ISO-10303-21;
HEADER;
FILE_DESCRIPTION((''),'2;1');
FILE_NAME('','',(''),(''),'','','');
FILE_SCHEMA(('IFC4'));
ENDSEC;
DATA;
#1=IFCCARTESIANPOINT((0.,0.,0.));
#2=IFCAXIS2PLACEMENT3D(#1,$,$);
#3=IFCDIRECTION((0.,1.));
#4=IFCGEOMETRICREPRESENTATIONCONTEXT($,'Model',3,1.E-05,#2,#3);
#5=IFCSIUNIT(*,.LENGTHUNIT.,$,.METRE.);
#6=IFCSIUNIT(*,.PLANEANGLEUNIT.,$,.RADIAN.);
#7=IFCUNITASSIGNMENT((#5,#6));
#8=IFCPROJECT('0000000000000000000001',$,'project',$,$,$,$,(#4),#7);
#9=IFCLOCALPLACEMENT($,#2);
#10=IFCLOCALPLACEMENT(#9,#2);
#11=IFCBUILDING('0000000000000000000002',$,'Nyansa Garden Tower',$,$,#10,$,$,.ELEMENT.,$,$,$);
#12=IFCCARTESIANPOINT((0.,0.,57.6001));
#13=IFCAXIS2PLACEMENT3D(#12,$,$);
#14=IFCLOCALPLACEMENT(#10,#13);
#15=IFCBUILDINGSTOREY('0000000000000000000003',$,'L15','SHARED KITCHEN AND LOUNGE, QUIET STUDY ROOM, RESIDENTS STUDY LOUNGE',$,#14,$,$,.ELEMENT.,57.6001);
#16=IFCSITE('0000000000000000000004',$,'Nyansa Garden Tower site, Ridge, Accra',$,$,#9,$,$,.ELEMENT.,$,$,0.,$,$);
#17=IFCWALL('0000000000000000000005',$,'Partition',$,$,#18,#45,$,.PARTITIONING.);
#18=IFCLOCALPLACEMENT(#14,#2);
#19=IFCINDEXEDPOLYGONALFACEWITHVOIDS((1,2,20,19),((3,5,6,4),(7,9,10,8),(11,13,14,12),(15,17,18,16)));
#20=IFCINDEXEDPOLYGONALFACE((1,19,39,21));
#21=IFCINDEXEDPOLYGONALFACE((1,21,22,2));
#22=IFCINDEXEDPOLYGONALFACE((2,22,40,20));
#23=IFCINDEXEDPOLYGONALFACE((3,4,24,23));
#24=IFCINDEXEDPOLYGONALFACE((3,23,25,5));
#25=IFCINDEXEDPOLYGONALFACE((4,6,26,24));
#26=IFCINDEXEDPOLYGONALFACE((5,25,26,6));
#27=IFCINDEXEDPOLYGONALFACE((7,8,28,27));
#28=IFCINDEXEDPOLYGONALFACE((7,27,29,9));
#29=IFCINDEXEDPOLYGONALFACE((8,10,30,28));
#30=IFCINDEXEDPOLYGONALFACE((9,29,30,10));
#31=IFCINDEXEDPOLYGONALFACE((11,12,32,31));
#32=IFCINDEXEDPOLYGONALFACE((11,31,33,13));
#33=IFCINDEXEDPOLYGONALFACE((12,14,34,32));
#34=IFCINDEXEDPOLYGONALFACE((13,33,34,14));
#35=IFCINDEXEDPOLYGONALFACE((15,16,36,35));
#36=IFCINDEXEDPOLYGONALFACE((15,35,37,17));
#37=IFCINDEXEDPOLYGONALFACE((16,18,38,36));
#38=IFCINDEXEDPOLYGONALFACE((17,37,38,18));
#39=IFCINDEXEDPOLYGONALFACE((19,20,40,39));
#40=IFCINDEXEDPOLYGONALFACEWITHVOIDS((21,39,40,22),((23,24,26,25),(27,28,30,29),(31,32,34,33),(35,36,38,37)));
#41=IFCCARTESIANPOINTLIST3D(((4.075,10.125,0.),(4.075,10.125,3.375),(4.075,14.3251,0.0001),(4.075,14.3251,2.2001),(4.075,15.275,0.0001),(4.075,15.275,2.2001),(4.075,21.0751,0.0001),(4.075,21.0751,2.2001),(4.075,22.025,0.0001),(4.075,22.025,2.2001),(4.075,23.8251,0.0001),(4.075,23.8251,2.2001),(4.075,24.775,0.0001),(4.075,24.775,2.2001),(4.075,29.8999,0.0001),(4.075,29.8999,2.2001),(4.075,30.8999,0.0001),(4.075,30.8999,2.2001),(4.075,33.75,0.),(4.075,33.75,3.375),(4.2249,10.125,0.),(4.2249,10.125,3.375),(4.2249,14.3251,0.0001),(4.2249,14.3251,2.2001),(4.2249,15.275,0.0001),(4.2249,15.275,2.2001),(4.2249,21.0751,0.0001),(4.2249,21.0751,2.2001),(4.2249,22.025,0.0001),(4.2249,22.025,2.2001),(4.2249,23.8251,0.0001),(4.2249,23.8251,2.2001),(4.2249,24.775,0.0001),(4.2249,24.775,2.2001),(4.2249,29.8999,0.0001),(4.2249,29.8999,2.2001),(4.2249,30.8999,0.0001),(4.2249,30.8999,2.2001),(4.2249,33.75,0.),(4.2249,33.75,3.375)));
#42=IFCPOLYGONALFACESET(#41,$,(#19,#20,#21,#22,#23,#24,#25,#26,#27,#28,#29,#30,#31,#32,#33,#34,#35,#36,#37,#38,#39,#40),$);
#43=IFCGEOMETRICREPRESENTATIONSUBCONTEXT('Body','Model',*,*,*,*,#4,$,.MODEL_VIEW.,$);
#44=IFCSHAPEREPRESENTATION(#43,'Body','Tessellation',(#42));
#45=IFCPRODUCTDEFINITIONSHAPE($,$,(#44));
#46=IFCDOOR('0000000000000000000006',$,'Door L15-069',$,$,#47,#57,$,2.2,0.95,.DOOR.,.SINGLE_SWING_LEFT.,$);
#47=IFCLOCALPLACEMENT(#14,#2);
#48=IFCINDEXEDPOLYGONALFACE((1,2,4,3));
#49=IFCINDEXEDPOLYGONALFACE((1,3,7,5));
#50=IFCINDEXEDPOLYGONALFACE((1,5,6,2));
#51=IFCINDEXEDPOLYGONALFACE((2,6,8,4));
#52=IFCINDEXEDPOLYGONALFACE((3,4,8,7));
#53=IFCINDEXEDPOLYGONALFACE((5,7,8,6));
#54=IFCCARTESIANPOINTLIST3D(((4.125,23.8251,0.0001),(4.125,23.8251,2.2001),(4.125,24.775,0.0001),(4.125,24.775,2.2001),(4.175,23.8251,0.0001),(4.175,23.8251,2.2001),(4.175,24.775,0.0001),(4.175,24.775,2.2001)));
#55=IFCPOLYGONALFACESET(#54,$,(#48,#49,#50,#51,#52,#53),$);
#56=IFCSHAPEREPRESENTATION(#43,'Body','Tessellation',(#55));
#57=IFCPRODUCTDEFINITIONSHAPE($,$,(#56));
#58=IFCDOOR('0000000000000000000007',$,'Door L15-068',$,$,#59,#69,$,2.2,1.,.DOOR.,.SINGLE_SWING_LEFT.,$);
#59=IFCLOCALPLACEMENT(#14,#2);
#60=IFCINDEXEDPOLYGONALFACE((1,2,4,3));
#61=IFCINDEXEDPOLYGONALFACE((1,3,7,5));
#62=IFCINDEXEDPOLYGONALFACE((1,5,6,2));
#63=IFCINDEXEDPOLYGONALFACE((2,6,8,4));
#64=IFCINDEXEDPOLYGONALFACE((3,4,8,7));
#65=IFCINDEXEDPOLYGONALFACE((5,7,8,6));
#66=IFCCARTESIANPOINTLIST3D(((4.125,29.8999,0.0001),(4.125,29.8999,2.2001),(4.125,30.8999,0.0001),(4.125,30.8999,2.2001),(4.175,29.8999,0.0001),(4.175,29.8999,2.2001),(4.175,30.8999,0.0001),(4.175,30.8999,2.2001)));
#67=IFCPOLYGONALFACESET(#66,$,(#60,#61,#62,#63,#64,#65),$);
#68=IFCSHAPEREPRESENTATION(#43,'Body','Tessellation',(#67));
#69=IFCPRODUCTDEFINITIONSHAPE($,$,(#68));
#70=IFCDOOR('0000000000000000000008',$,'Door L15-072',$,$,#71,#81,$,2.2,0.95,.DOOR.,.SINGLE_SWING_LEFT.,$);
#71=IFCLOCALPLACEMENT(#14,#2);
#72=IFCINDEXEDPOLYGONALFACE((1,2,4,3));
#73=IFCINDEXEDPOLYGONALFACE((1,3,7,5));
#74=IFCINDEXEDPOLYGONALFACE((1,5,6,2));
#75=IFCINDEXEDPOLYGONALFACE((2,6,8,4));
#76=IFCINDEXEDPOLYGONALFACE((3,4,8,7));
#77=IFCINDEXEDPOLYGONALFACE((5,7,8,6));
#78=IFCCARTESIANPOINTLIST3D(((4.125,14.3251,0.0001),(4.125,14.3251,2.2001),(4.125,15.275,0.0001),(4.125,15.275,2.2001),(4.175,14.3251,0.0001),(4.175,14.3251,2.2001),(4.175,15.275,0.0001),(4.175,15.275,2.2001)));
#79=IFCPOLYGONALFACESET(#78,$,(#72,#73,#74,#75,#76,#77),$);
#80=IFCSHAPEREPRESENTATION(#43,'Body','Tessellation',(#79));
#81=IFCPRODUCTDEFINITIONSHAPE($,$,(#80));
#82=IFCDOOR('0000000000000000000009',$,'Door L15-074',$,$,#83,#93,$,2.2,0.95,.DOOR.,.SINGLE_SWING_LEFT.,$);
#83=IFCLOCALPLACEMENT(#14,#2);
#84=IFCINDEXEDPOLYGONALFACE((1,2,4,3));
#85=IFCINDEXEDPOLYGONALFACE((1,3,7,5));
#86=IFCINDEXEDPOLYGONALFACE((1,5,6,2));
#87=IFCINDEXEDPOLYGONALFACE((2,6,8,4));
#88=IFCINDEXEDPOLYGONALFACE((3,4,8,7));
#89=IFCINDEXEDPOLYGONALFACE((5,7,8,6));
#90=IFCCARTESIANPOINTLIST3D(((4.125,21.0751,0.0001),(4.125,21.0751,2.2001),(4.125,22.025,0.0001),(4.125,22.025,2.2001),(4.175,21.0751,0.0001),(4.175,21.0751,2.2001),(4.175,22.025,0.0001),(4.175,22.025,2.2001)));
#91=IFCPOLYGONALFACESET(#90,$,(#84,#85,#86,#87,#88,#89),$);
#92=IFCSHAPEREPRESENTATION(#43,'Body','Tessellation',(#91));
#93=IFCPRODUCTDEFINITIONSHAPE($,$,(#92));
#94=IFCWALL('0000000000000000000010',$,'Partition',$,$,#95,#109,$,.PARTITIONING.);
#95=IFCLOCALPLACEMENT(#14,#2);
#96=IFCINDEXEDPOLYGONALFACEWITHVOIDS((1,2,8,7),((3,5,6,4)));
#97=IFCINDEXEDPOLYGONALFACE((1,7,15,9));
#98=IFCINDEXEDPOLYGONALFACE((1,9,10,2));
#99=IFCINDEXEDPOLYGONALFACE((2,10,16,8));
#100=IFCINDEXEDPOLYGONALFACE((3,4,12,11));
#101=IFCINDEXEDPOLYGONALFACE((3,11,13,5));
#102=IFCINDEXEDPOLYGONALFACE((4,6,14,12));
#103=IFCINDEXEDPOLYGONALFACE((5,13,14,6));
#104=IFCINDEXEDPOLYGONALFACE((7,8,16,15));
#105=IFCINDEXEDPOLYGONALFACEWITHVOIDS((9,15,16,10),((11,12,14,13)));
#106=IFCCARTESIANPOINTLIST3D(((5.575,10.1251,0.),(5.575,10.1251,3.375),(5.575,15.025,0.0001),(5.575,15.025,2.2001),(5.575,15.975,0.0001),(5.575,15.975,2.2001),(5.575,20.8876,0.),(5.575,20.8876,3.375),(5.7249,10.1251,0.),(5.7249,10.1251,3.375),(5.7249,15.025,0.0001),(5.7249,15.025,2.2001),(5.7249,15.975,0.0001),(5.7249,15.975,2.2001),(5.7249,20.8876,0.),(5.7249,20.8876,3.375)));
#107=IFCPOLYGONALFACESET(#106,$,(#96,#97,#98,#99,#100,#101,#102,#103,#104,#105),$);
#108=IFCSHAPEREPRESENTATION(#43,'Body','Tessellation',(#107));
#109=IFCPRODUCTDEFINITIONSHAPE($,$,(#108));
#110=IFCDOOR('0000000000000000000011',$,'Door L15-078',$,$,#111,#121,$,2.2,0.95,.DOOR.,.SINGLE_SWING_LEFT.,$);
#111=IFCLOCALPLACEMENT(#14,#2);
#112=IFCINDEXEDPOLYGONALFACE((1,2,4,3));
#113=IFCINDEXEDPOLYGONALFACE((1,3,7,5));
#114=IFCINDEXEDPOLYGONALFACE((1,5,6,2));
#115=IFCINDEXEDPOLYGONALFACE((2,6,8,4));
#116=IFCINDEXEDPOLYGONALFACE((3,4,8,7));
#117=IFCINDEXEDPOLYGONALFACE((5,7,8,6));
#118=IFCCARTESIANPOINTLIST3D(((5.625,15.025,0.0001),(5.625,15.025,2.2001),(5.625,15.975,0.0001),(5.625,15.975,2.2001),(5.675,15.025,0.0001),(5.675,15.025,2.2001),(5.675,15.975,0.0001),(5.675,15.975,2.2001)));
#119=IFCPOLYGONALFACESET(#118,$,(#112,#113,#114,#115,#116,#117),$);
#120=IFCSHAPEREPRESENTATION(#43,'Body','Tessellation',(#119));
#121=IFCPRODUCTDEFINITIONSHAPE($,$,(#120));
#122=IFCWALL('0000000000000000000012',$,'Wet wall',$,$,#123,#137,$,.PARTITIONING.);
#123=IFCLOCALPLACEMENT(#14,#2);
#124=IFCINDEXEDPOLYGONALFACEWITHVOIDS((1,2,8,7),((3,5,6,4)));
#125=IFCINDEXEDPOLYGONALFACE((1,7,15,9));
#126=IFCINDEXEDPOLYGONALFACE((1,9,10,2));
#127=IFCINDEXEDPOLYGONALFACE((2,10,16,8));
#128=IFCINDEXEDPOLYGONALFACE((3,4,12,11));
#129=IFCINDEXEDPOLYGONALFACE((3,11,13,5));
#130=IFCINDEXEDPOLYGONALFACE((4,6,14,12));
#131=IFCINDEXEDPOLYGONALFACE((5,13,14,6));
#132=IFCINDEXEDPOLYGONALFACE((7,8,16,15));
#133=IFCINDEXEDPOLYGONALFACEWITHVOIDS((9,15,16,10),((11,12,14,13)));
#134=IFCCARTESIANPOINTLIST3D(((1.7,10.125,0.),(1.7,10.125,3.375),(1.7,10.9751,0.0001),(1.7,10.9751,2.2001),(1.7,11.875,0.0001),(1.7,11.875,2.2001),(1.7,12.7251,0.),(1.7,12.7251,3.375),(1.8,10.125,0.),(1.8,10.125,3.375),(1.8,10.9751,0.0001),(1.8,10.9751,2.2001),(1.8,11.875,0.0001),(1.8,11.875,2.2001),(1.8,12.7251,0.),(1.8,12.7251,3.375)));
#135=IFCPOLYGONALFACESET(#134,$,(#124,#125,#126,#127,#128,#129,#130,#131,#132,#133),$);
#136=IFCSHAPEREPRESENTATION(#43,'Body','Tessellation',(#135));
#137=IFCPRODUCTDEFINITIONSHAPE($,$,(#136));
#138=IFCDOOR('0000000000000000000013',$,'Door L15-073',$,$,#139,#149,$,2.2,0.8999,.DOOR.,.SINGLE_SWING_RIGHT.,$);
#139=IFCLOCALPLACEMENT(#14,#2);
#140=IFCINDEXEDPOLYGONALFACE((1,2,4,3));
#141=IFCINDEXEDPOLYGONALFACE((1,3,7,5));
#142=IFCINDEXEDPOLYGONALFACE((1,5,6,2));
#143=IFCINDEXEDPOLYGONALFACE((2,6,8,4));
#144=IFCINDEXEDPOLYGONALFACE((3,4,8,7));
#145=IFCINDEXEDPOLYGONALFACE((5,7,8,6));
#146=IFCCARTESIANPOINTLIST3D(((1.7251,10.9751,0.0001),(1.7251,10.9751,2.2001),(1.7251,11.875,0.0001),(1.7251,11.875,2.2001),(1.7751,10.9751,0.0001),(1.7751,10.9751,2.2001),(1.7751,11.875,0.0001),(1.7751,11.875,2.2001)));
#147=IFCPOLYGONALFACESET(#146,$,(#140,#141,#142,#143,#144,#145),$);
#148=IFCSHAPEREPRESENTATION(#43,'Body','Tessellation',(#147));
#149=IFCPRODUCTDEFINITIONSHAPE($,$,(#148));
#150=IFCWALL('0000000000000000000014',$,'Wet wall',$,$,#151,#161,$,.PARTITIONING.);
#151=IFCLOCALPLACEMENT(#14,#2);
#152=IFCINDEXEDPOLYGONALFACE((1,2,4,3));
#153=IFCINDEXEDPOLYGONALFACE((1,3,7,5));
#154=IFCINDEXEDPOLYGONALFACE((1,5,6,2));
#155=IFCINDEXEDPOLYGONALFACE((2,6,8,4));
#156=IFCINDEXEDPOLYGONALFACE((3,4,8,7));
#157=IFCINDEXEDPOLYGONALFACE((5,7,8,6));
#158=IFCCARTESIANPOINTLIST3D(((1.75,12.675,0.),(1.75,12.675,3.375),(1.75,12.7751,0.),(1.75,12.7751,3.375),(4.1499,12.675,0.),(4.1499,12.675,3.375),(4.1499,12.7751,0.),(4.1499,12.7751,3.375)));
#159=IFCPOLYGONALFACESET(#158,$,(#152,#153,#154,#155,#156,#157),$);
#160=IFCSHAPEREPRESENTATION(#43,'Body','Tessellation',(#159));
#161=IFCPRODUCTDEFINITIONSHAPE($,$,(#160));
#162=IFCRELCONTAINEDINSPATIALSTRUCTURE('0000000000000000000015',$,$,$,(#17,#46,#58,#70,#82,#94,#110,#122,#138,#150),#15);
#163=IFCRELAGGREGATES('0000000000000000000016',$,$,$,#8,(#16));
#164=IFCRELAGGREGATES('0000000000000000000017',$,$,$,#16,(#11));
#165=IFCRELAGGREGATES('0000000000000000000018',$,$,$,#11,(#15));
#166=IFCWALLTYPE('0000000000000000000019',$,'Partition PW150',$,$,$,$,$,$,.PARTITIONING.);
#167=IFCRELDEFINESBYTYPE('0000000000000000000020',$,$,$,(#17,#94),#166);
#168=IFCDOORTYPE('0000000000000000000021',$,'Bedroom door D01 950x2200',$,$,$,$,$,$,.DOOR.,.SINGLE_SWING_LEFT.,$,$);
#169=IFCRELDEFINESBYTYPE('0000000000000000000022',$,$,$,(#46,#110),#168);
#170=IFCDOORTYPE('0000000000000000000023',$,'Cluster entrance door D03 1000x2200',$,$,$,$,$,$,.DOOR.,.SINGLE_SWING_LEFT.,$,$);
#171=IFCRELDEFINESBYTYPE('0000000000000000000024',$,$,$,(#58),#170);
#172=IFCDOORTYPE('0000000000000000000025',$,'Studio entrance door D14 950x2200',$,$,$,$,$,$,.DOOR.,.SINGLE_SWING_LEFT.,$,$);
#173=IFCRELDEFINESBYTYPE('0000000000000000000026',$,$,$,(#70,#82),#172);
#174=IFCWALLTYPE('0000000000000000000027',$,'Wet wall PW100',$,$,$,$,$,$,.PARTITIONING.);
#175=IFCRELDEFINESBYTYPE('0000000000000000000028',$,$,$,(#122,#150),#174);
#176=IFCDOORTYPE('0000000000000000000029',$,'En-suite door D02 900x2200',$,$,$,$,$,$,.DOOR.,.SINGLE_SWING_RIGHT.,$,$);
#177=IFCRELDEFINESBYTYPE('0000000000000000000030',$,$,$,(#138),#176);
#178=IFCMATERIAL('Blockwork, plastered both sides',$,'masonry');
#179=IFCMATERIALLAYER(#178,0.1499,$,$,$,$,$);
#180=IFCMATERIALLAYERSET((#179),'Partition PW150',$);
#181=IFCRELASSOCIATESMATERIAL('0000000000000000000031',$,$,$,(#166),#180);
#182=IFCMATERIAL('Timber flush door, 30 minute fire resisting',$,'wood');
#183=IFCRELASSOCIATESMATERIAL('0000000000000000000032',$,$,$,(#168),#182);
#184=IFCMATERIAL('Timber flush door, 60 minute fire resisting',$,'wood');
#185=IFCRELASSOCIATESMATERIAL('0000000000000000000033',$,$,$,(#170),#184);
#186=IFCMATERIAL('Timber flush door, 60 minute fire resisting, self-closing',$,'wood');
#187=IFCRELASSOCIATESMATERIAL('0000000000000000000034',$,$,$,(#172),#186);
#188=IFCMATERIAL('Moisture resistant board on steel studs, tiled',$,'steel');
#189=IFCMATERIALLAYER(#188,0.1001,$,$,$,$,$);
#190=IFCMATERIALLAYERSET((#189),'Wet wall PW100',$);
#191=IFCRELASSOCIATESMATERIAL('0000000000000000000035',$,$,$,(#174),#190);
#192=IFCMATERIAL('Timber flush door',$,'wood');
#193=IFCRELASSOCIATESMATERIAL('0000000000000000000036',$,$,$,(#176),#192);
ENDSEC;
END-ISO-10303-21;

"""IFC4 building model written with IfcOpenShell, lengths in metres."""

from ifc_helpers import new_model, si_unit, direction, frame, frame_2d, origin, place, context, subcontext, project, spatial, rectangle, extrude, material, layer, layer_set, type_object, element, fill, save


model = new_model("IFC4")

# Units and contexts
model_context = context("Model", 3, precision=1e-05, world=origin(), true_north=direction((0.0, 1.0)))
body_context = subcontext(model_context, "Body", "Model", "MODEL_VIEW")
ifc_project = project(units=[si_unit("LENGTHUNIT", "METRE"), si_unit("PLANEANGLEUNIT", "RADIAN")], contexts=[model_context])

# Site, building, storey
site_placement = place(None, origin())
site = spatial("IfcSite", under=ifc_project, at=site_placement, Name="Nyansa Garden Tower site, Ridge, Accra", CompositionType="ELEMENT", RefElevation=0.0)
building_placement = place(site_placement, origin())
building = spatial("IfcBuilding", under=site, at=building_placement, Name="Nyansa Garden Tower", CompositionType="ELEMENT")
storey_placement = place(building_placement, frame((0.0, 0.0, 57.6001)))
storey = spatial("IfcBuildingStorey", under=building, at=storey_placement, Name="L15", Description="SHARED KITCHEN AND LOUNGE, QUIET STUDY ROOM, RESIDENTS STUDY LOUNGE", CompositionType="ELEMENT", Elevation=57.6001)

# Shared definitions
ifc_material_1 = material(Name="Blockwork, plastered both sides", Category="masonry")
ifc_layer_1 = layer(ifc_material_1, 0.1499)
ifc_layer_set_1 = layer_set([ifc_layer_1], Name="Partition PW150")
wall_type_1 = type_object("IfcWallType", Name="Partition PW150", PredefinedType="PARTITIONING", material=ifc_layer_set_1)

# Wall, openings, doors
wall_1_placement = place(storey_placement, frame((4.1499, 10.125, 0.0), z_axis=(0.0, 0.0, 1.0), x_axis=(0.0, 1.0, 0.0)))
wall_1 = element("IfcWall", 1, at=wall_1_placement, inside=storey, type_object=wall_type_1, Name="Partition", PredefinedType="PARTITIONING", context=body_context, shape_type="SweptSolid", body=[
    extrude(rectangle(XDim=23.625, YDim=0.1499, at=frame_2d((11.8125, 0.0))), origin(), (0.0, 0.0, 1.0), 3.375),
])
opening_1_placement = place(wall_1_placement, frame((19.7749, 0.0, 0.0)))
opening_1 = element("IfcOpeningElement", 2, at=opening_1_placement, cuts=wall_1, PredefinedType="OPENING", context=body_context, shape_type="SweptSolid", body=[
    extrude(rectangle(XDim=1.0, YDim=2.2, at=frame_2d((0.5, 1.1001))), frame((0.0, 0.085, 0.0), z_axis=(0.0, -1.0, 0.0), x_axis=(1.0, 0.0, 0.0)), (0.0, 0.0, 1.0), 0.1699),
])
opening_2_placement = place(wall_1_placement, frame((13.7, 0.0, 0.0)))
opening_2 = element("IfcOpeningElement", 3, at=opening_2_placement, cuts=wall_1, PredefinedType="OPENING", context=body_context, shape_type="SweptSolid", body=[
    extrude(rectangle(XDim=0.95, YDim=2.2, at=frame_2d((0.4751, 1.1001))), frame((0.0, 0.085, 0.0), z_axis=(0.0, -1.0, 0.0), x_axis=(1.0, 0.0, 0.0)), (0.0, 0.0, 1.0), 0.1699),
])
opening_3_placement = place(wall_1_placement, frame((4.2, 0.0, 0.0)))
opening_3 = element("IfcOpeningElement", 4, at=opening_3_placement, cuts=wall_1, PredefinedType="OPENING", context=body_context, shape_type="SweptSolid", body=[
    extrude(rectangle(XDim=0.95, YDim=2.2, at=frame_2d((0.4751, 1.1001))), frame((0.0, 0.085, 0.0), z_axis=(0.0, -1.0, 0.0), x_axis=(1.0, 0.0, 0.0)), (0.0, 0.0, 1.0), 0.1699),
])
opening_4_placement = place(wall_1_placement, frame((10.95, 0.0, 0.0)))
opening_4 = element("IfcOpeningElement", 5, at=opening_4_placement, cuts=wall_1, PredefinedType="OPENING", context=body_context, shape_type="SweptSolid", body=[
    extrude(rectangle(XDim=0.95, YDim=2.2, at=frame_2d((0.4751, 1.1001))), frame((0.0, 0.085, 0.0), z_axis=(0.0, -1.0, 0.0), x_axis=(1.0, 0.0, 0.0)), (0.0, 0.0, 1.0), 0.1699),
])
ifc_material_2 = material(Name="Timber flush door, 30 minute fire resisting", Category="wood")
door_type_1 = type_object("IfcDoorType", Name="Bedroom door D01 950x2200", OperationType="SINGLE_SWING_LEFT", PredefinedType="DOOR", material=ifc_material_2)
door_1_placement = place(opening_2_placement, origin())
door_1 = element("IfcDoor", 6, at=door_1_placement, inside=storey, type_object=door_type_1, Name="Door L15-069", OperationType="SINGLE_SWING_LEFT", OverallHeight=2.2, OverallWidth=0.95, PredefinedType="DOOR", context=body_context, shape_type="SweptSolid", body=[
    extrude(rectangle(XDim=0.95, YDim=2.2, at=frame_2d((0.4751, 1.1001))), frame((0.0, 0.0249, 0.0), z_axis=(0.0, -1.0, 0.0), x_axis=(1.0, 0.0, 0.0)), (0.0, 0.0, 1.0), 0.05),
])
fill(opening_2, door_1)
ifc_material_3 = material(Name="Timber flush door, 60 minute fire resisting", Category="wood")
door_type_2 = type_object("IfcDoorType", Name="Cluster entrance door D03 1000x2200", OperationType="SINGLE_SWING_LEFT", PredefinedType="DOOR", material=ifc_material_3)
door_2_placement = place(opening_1_placement, origin())
door_2 = element("IfcDoor", 7, at=door_2_placement, inside=storey, type_object=door_type_2, Name="Door L15-068", OperationType="SINGLE_SWING_LEFT", OverallHeight=2.2, OverallWidth=1.0, PredefinedType="DOOR", context=body_context, shape_type="SweptSolid", body=[
    extrude(rectangle(XDim=1.0, YDim=2.2, at=frame_2d((0.5, 1.1001))), frame((0.0, 0.0249, 0.0), z_axis=(0.0, -1.0, 0.0), x_axis=(1.0, 0.0, 0.0)), (0.0, 0.0, 1.0), 0.05),
])
fill(opening_1, door_2)
ifc_material_4 = material(Name="Timber flush door, 60 minute fire resisting, self-closing", Category="wood")
door_type_3 = type_object("IfcDoorType", Name="Studio entrance door D14 950x2200", OperationType="SINGLE_SWING_LEFT", PredefinedType="DOOR", material=ifc_material_4)
door_3_placement = place(opening_3_placement, origin())
door_3 = element("IfcDoor", 8, at=door_3_placement, inside=storey, type_object=door_type_3, Name="Door L15-072", OperationType="SINGLE_SWING_LEFT", OverallHeight=2.2, OverallWidth=0.95, PredefinedType="DOOR", context=body_context, shape_type="SweptSolid", body=[
    extrude(rectangle(XDim=0.95, YDim=2.2, at=frame_2d((0.4751, 1.1001))), frame((0.0, 0.0249, 0.0), z_axis=(0.0, -1.0, 0.0), x_axis=(1.0, 0.0, 0.0)), (0.0, 0.0, 1.0), 0.05),
])
fill(opening_3, door_3)
door_4_placement = place(opening_4_placement, origin())
door_4 = element("IfcDoor", 9, at=door_4_placement, inside=storey, type_object=door_type_3, Name="Door L15-074", OperationType="SINGLE_SWING_LEFT", OverallHeight=2.2, OverallWidth=0.95, PredefinedType="DOOR", context=body_context, shape_type="SweptSolid", body=[
    extrude(rectangle(XDim=0.95, YDim=2.2, at=frame_2d((0.4751, 1.1001))), frame((0.0, 0.0249, 0.0), z_axis=(0.0, -1.0, 0.0), x_axis=(1.0, 0.0, 0.0)), (0.0, 0.0, 1.0), 0.05),
])
fill(opening_4, door_4)

# Walls, openings, doors
wall_2_placement = place(storey_placement, frame((5.6499, 10.125, 0.0), z_axis=(0.0, 0.0, 1.0), x_axis=(0.0, 1.0, 0.0)))
wall_2 = element("IfcWall", 10, at=wall_2_placement, inside=storey, type_object=wall_type_1, Name="Partition", PredefinedType="PARTITIONING", context=body_context, shape_type="SweptSolid", body=[
    extrude(rectangle(XDim=10.7625, YDim=0.1499, at=frame_2d((5.3813, 0.0))), origin(), (0.0, 0.0, 1.0), 3.375),
])
opening_5_placement = place(wall_2_placement, frame((4.8999, 0.0, 0.0)))
opening_5 = element("IfcOpeningElement", 11, at=opening_5_placement, cuts=wall_2, PredefinedType="OPENING", context=body_context, shape_type="SweptSolid", body=[
    extrude(rectangle(XDim=0.95, YDim=2.2, at=frame_2d((0.4751, 1.1001))), frame((0.0, 0.085, 0.0), z_axis=(0.0, -1.0, 0.0), x_axis=(1.0, 0.0, 0.0)), (0.0, 0.0, 1.0), 0.1699),
])
door_5_placement = place(opening_5_placement, origin())
door_5 = element("IfcDoor", 12, at=door_5_placement, inside=storey, type_object=door_type_1, Name="Door L15-078", OperationType="SINGLE_SWING_LEFT", OverallHeight=2.2, OverallWidth=0.95, PredefinedType="DOOR", context=body_context, shape_type="SweptSolid", body=[
    extrude(rectangle(XDim=0.95, YDim=2.2, at=frame_2d((0.4751, 1.1001))), frame((0.0, 0.0249, 0.0), z_axis=(0.0, -1.0, 0.0), x_axis=(1.0, 0.0, 0.0)), (0.0, 0.0, 1.0), 0.05),
])
fill(opening_5, door_5)
ifc_material_5 = material(Name="Moisture resistant board on steel studs, tiled", Category="steel")
ifc_layer_2 = layer(ifc_material_5, 0.1001)
ifc_layer_set_2 = layer_set([ifc_layer_2], Name="Wet wall PW100")
wall_type_2 = type_object("IfcWallType", Name="Wet wall PW100", PredefinedType="PARTITIONING", material=ifc_layer_set_2)
wall_3_placement = place(storey_placement, frame((1.75, 10.125, 0.0), z_axis=(0.0, 0.0, 1.0), x_axis=(0.0, 1.0, 0.0)))
wall_3 = element("IfcWall", 13, at=wall_3_placement, inside=storey, type_object=wall_type_2, Name="Wet wall", PredefinedType="PARTITIONING", context=body_context, shape_type="SweptSolid", body=[
    extrude(rectangle(XDim=2.6001, YDim=0.1001, at=frame_2d((1.3, 0.0))), origin(), (0.0, 0.0, 1.0), 3.375),
])
opening_6_placement = place(wall_3_placement, frame((0.8501, 0.0, 0.0)))
opening_6 = element("IfcOpeningElement", 14, at=opening_6_placement, cuts=wall_3, PredefinedType="OPENING", context=body_context, shape_type="SweptSolid", body=[
    extrude(rectangle(XDim=0.8999, YDim=2.2, at=frame_2d((0.45, 1.1001))), frame((0.0, 0.0601, 0.0), z_axis=(0.0, -1.0, 0.0), x_axis=(1.0, 0.0, 0.0)), (0.0, 0.0, 1.0), 0.1201),
])
ifc_material_6 = material(Name="Timber flush door", Category="wood")
door_type_4 = type_object("IfcDoorType", Name="En-suite door D02 900x2200", OperationType="SINGLE_SWING_RIGHT", PredefinedType="DOOR", material=ifc_material_6)
door_6_placement = place(opening_6_placement, origin())
door_6 = element("IfcDoor", 15, at=door_6_placement, inside=storey, type_object=door_type_4, Name="Door L15-073", OperationType="SINGLE_SWING_RIGHT", OverallHeight=2.2, OverallWidth=0.8999, PredefinedType="DOOR", context=body_context, shape_type="SweptSolid", body=[
    extrude(rectangle(XDim=0.8999, YDim=2.2, at=frame_2d((0.45, 1.1001))), frame((0.0, 0.0249, 0.0), z_axis=(0.0, -1.0, 0.0), x_axis=(1.0, 0.0, 0.0)), (0.0, 0.0, 1.0), 0.05),
])
fill(opening_6, door_6)

# Wall
wall_4_placement = place(storey_placement, frame((1.75, 12.7251, 0.0), z_axis=(0.0, 0.0, 1.0), x_axis=(1.0, 0.0, 0.0)))
element("IfcWall", 16, at=wall_4_placement, inside=storey, type_object=wall_type_2, Name="Wet wall", PredefinedType="PARTITIONING", context=body_context, shape_type="SweptSolid", body=[
    extrude(rectangle(XDim=2.3999, YDim=0.1001, at=frame_2d((1.2, 0.0))), origin(), (0.0, 0.0, 1.0), 3.375),
])

save(model, "model.ifc")
